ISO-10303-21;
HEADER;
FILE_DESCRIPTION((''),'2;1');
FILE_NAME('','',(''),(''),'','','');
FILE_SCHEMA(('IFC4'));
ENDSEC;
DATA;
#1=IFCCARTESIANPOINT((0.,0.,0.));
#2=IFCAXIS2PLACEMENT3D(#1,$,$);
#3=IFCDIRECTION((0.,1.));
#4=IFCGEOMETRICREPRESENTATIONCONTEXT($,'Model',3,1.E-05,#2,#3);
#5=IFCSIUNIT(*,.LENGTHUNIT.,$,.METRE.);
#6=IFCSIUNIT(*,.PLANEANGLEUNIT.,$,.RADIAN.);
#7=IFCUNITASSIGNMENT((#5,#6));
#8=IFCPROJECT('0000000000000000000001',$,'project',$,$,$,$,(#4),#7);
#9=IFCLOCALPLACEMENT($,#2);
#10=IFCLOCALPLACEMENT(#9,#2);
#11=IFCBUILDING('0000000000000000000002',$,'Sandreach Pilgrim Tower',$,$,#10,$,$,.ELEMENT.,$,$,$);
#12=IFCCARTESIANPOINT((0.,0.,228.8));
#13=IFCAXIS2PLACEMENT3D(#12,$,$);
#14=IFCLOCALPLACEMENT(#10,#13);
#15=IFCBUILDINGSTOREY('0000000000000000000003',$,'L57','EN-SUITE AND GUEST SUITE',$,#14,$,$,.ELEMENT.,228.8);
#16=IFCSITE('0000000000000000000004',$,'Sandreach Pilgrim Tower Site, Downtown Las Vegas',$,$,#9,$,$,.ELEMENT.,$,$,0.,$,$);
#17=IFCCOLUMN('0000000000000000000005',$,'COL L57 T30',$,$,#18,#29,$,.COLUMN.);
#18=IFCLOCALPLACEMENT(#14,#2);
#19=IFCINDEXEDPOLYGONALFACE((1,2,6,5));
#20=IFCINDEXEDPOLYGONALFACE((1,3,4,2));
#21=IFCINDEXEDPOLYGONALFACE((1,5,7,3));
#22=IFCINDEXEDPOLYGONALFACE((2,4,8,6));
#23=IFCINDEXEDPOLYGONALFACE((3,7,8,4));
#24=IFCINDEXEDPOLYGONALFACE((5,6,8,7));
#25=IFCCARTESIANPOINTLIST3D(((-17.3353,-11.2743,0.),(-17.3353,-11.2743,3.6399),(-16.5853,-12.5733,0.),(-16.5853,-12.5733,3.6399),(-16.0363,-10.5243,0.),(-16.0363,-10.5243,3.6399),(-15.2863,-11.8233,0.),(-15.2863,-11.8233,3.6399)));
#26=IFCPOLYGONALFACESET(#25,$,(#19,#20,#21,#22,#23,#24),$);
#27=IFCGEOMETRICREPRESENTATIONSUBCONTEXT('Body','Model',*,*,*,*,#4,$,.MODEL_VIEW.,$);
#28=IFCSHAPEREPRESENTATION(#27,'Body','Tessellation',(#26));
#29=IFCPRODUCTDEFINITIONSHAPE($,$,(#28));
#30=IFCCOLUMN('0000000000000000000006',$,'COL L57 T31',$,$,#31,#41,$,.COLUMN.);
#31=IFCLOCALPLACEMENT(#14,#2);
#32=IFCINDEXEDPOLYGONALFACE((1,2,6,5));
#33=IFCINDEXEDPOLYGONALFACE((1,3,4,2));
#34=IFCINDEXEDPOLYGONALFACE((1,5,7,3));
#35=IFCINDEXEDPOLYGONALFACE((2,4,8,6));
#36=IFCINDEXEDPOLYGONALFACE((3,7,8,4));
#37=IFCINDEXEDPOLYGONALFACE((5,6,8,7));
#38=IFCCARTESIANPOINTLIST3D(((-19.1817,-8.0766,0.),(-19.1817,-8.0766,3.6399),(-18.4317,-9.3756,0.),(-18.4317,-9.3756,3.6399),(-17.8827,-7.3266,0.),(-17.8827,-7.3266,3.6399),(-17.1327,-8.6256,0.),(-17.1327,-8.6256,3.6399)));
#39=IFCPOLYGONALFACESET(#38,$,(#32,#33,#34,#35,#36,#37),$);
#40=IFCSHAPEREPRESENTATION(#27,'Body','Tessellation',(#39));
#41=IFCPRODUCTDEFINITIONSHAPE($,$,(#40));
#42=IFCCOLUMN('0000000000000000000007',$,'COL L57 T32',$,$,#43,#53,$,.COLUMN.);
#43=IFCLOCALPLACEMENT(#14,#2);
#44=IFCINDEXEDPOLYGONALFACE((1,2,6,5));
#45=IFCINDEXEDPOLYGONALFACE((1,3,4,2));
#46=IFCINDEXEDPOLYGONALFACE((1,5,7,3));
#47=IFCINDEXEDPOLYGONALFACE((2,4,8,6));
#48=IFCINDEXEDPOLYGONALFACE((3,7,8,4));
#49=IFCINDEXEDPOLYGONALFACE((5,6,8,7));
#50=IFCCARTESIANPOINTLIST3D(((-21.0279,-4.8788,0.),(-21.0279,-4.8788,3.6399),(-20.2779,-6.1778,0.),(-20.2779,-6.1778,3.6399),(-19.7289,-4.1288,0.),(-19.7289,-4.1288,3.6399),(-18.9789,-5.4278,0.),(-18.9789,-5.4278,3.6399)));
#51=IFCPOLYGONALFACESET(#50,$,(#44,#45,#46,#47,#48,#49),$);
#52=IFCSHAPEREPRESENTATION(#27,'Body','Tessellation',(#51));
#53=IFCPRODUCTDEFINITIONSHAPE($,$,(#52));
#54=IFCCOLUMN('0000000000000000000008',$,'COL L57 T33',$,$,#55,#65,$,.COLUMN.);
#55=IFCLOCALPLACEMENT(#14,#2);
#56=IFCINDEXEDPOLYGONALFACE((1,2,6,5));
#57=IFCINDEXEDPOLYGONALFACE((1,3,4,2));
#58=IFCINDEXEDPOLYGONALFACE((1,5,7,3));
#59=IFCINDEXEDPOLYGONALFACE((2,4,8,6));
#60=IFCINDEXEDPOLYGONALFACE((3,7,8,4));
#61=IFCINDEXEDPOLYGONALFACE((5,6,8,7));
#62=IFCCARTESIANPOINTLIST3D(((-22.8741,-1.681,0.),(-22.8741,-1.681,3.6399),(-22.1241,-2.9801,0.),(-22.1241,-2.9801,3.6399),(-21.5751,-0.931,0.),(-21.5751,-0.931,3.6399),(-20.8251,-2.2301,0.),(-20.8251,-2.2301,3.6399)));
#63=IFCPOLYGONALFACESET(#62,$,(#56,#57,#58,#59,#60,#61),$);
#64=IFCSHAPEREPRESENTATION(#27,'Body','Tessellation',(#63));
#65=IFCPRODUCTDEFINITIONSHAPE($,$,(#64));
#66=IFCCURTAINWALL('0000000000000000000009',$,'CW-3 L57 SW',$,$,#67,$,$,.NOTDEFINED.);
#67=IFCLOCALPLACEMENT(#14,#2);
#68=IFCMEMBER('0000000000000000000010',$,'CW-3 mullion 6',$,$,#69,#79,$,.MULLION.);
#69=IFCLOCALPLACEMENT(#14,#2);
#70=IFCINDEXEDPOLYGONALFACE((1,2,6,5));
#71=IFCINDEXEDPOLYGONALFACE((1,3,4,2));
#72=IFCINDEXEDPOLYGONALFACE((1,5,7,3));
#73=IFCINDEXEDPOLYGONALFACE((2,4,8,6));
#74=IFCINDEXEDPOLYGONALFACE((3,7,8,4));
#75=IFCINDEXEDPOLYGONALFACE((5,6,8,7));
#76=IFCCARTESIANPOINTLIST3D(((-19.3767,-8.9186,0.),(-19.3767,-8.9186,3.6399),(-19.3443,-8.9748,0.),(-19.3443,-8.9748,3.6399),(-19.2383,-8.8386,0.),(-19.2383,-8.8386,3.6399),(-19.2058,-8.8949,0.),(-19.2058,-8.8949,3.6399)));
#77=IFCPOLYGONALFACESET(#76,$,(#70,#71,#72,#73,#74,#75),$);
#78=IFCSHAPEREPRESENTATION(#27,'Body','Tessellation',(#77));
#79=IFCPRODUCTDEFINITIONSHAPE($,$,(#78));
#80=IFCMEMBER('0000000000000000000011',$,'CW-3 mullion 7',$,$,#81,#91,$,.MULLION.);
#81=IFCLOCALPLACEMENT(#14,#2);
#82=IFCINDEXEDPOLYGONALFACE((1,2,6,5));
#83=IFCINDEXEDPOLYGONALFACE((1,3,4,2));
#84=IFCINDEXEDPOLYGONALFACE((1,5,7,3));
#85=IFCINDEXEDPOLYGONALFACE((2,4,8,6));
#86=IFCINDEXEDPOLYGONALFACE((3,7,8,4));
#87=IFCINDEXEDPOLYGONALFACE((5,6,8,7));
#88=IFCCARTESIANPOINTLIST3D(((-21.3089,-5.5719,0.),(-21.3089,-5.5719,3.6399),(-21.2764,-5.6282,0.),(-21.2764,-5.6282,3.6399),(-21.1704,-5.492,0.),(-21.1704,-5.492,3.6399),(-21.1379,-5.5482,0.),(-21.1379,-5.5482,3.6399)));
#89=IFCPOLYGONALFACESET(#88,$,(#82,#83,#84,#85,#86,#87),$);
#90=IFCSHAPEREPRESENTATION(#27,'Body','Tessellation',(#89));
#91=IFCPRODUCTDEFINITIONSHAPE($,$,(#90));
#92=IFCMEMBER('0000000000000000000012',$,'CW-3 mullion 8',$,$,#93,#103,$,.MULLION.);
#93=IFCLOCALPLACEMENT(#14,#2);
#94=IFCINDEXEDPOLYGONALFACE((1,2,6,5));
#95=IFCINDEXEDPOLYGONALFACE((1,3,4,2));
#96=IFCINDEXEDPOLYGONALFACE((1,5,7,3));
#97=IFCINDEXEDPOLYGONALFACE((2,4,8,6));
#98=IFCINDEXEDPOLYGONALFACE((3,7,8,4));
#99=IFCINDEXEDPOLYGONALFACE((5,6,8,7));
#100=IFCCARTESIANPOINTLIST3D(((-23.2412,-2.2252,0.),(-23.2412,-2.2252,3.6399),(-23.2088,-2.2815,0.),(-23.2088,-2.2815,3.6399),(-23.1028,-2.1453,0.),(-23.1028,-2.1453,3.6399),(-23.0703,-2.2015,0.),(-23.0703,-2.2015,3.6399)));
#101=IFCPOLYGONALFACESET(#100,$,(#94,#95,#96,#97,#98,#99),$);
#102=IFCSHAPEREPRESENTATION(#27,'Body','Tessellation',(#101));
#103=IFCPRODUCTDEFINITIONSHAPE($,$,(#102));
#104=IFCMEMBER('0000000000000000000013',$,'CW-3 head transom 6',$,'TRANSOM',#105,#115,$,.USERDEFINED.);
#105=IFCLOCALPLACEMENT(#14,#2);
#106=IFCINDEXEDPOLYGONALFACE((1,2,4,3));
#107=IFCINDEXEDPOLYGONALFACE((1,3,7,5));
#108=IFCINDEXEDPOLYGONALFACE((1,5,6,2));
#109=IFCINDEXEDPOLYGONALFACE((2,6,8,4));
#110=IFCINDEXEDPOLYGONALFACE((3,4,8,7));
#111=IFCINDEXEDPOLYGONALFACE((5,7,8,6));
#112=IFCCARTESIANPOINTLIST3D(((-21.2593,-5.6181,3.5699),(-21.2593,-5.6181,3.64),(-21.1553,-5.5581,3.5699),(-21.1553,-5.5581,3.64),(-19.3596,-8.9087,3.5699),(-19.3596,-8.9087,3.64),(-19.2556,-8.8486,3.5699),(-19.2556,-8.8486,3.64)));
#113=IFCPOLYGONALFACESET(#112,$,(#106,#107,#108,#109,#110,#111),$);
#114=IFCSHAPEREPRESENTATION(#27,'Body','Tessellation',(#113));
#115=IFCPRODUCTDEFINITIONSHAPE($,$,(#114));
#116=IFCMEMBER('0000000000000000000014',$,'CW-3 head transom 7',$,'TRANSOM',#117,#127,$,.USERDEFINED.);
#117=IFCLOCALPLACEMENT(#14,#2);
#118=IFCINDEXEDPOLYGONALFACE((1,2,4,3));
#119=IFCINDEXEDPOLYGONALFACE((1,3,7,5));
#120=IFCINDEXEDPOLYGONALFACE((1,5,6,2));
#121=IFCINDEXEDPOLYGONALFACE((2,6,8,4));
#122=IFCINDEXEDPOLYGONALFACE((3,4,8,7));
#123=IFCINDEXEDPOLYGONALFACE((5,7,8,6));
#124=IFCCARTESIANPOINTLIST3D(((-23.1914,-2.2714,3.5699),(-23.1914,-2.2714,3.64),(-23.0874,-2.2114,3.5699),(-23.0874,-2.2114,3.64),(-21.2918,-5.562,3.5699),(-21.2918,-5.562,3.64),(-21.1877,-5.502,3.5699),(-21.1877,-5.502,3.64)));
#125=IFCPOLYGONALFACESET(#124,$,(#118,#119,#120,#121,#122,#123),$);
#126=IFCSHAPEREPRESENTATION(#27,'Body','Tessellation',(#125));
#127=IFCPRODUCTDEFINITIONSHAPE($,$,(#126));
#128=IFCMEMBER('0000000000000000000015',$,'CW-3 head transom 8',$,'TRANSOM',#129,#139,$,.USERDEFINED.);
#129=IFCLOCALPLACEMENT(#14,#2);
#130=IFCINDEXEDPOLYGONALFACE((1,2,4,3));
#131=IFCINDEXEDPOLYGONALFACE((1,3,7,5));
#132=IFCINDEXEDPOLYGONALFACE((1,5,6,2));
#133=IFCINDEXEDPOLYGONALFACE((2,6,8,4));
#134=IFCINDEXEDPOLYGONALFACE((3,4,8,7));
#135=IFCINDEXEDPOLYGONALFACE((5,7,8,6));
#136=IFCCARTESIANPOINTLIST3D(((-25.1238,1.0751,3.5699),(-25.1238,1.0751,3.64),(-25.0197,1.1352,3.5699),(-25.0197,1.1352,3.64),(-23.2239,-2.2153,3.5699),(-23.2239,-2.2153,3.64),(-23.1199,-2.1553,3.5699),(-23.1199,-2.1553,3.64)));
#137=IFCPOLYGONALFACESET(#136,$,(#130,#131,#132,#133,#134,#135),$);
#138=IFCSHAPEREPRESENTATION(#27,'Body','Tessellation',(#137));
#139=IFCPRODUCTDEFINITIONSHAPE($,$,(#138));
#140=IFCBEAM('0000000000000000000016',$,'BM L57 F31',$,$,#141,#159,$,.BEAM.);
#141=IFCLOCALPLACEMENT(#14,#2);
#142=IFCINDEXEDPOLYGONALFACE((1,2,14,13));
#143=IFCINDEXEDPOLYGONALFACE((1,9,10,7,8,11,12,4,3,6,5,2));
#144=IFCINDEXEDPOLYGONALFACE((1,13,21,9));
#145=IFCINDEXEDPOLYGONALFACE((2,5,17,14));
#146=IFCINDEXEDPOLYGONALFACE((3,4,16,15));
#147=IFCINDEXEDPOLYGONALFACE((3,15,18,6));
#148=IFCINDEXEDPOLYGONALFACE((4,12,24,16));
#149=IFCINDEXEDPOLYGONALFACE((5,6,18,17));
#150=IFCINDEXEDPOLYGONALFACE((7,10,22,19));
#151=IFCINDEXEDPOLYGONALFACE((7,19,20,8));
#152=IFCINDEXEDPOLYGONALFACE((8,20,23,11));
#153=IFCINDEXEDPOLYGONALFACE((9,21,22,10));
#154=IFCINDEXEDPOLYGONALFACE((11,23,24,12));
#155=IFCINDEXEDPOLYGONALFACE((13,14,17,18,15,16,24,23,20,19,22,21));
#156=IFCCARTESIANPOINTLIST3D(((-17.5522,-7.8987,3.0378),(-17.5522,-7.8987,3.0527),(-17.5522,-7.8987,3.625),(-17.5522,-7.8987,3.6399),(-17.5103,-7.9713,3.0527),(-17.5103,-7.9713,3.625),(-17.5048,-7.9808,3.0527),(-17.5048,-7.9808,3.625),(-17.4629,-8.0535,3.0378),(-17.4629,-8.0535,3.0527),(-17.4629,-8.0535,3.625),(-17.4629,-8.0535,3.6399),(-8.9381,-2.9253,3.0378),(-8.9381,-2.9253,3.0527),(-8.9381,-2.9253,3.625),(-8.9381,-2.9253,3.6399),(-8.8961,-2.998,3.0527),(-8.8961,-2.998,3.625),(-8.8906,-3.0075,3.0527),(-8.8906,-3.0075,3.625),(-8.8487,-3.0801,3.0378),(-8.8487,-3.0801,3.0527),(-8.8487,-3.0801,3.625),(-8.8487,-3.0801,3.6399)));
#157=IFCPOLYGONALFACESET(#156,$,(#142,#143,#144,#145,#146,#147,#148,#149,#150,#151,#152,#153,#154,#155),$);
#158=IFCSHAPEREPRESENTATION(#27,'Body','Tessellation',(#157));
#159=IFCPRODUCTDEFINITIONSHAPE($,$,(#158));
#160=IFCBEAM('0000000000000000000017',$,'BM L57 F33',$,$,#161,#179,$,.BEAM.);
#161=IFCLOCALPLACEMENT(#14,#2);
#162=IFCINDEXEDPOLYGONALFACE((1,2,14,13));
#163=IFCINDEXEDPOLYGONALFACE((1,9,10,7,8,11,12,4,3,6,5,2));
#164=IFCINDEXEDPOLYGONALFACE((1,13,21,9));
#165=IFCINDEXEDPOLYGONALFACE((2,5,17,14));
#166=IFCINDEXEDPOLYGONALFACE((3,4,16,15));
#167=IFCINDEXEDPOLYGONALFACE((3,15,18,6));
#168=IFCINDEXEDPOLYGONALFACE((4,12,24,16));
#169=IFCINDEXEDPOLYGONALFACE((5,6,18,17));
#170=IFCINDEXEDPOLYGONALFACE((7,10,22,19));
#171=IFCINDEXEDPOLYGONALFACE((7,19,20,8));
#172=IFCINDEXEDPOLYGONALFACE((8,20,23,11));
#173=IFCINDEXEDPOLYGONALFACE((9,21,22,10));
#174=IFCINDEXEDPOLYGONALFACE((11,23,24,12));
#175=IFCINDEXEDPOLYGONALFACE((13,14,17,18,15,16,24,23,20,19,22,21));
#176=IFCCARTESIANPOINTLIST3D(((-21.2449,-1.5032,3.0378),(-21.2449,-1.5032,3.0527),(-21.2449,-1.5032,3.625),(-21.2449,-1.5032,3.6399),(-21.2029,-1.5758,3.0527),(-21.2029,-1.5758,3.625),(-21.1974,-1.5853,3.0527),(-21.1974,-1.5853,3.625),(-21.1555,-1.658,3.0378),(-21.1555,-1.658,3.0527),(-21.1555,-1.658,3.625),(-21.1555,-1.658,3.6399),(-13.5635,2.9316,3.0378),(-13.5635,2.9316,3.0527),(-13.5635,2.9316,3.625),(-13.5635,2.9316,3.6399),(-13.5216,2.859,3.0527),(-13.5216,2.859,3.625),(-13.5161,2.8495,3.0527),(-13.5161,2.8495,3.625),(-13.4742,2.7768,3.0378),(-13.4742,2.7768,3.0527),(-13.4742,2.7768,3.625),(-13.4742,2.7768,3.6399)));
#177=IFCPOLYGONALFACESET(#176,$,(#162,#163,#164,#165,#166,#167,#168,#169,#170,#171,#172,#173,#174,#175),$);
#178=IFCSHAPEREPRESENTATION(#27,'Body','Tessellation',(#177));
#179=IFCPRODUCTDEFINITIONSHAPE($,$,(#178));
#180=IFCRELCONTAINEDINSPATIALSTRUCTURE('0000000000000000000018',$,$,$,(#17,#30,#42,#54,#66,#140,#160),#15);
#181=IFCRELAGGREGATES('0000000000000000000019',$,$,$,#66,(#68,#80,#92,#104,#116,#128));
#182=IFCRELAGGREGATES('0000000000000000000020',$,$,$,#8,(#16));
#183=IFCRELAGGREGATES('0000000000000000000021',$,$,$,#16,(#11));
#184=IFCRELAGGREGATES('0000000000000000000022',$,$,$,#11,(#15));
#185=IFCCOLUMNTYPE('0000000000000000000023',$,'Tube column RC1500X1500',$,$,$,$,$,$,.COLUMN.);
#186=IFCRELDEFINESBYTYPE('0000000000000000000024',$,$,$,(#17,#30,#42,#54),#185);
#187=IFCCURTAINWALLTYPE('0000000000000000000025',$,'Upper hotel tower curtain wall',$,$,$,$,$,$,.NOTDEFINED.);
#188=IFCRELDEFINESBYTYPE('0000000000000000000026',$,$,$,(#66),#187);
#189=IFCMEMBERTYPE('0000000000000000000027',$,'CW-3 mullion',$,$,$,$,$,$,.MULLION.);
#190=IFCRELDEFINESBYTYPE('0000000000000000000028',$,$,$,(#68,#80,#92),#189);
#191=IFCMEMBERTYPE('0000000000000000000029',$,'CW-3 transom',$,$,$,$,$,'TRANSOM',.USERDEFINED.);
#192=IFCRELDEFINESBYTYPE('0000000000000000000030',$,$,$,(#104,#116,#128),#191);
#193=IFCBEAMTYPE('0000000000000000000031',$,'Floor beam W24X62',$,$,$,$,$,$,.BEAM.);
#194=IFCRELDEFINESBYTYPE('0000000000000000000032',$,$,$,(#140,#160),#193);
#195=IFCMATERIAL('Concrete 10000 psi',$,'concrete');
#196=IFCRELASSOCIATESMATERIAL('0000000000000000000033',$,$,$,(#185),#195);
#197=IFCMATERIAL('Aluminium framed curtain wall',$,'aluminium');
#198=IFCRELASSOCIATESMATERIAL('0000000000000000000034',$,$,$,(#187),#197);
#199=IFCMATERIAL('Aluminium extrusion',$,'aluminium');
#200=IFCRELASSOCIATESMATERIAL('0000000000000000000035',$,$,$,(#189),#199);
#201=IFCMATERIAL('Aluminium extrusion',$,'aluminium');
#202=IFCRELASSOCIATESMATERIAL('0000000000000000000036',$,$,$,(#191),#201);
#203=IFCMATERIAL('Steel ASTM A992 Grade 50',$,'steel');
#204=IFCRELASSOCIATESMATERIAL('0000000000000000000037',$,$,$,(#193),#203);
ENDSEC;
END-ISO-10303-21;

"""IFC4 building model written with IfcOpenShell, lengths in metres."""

from ifc_helpers import new_model, si_unit, direction, frame, origin, origin_2d, place, context, subcontext, project, spatial, rectangle, i_section, extrude, clip, halfspace, material, material_profile, profile_set, type_object, element, aggregate, save


model = new_model("IFC4")

# Units and contexts
model_context = context("Model", 3, precision=1e-05, world=origin(), true_north=direction((0.0, 1.0)))
body_context = subcontext(model_context, "Body", "Model", "MODEL_VIEW")
ifc_project = project(units=[si_unit("LENGTHUNIT", "METRE"), si_unit("PLANEANGLEUNIT", "RADIAN")], contexts=[model_context])

# Site, building, storey
site_placement = place(None, origin())
site = spatial("IfcSite", under=ifc_project, at=site_placement, Name="Sandreach Pilgrim Tower Site, Downtown Las Vegas", CompositionType="ELEMENT", RefElevation=0.0)
building_placement = place(site_placement, origin())
building = spatial("IfcBuilding", under=site, at=building_placement, Name="Sandreach Pilgrim Tower", CompositionType="ELEMENT")
storey_placement = place(building_placement, frame((0.0, 0.0, 228.8)))
storey = spatial("IfcBuildingStorey", under=building, at=storey_placement, Name="L57", Description="EN-SUITE AND GUEST SUITE", CompositionType="ELEMENT", Elevation=228.8)

# Columns
ifc_material_1 = material(Name="Concrete 10000 psi", Category="concrete")
ifc_material_profile_1 = material_profile(ifc_material_1, rectangle(XDim=1.5, YDim=1.5, at=origin_2d()), Name="RC1500X1500")
ifc_profile_set_1 = profile_set([ifc_material_profile_1], Name="Concrete 10000 psi")
column_type = type_object("IfcColumnType", Name="Tube column RC1500X1500", PredefinedType="COLUMN", material=ifc_profile_set_1)
for number, where, z_axis, x_axis, name in (
    (1, (-16.3108, -11.5488, 0.0), (0.0, 0.0, 1.0), (-0.866025, -0.5, 0.0), "COL L57 T30"),
    (2, (-18.1572, -8.3511, 0.0), (0.0, 0.0, 1.0), (-0.866025, -0.5, 0.0), "COL L57 T31"),
):
    element("IfcColumn", number, at=place(storey_placement, frame(where, z_axis=z_axis, x_axis=x_axis)), inside=storey, type_object=column_type, Name=name, PredefinedType="COLUMN", context=body_context, shape_type="SweptSolid", body=[
        clip(extrude(rectangle(XDim=1.5, YDim=1.5, at=origin_2d()), origin(), (0.0, 0.0, 1.0), 3.7551), halfspace(frame((0.0, 0.0, 3.6399)), False)),
    ])
column_1_placement = place(storey_placement, frame((-20.0034, -5.1533, 0.0), z_axis=(0.0, 0.0, 1.0), x_axis=(-0.866025, -0.5, 0.0)))
element("IfcColumn", 3, at=column_1_placement, inside=storey, type_object=column_type, Name="COL L57 T32", PredefinedType="COLUMN", context=body_context, shape_type="SweptSolid", body=[
    clip(extrude(rectangle(XDim=1.5, YDim=1.5, at=origin_2d()), origin(), (0.0, 0.0, 1.0), 3.7476), halfspace(frame((0.0, 0.0, 3.6399)), False)),
])
column_2_placement = place(storey_placement, frame((-21.8496, -1.9556, 0.0), z_axis=(0.0, 0.0, 1.0), x_axis=(-0.866025, -0.5, 0.0)))
element("IfcColumn", 4, at=column_2_placement, inside=storey, type_object=column_type, Name="COL L57 T33", PredefinedType="COLUMN", context=body_context, shape_type="SweptSolid", body=[
    clip(extrude(rectangle(XDim=1.5, YDim=1.5, at=origin_2d()), origin(), (0.0, 0.0, 1.0), 3.74), halfspace(frame((0.0, 0.0, 3.6399)), False)),
])

# Curtain wall, members
ifc_material_2 = material(Name="Aluminium framed curtain wall", Category="aluminium")
curtain_wall_type = type_object("IfcCurtainWallType", Name="Upper hotel tower curtain wall", PredefinedType="NOTDEFINED", material=ifc_material_2)
curtain_wall_placement = place(storey_placement, origin())
curtain_wall = element("IfcCurtainWall", 5, at=curtain_wall_placement, inside=storey, type_object=curtain_wall_type, Name="CW-3 L57 SW", PredefinedType="NOTDEFINED")
ifc_material_3 = material(Name="Aluminium extrusion", Category="aluminium")
ifc_material_profile_2 = material_profile(ifc_material_3, rectangle(XDim=0.0649, YDim=0.1599, at=origin_2d()), Name="CW-3M 65X160")
ifc_profile_set_2 = profile_set([ifc_material_profile_2], Name="Aluminium extrusion")
member_type_1 = type_object("IfcMemberType", Name="CW-3 mullion", PredefinedType="MULLION", material=ifc_profile_set_2)
member_1_placement = place(storey_placement, frame((-19.2913, -8.9067, 0.0), z_axis=(0.0, 0.0, 1.0), x_axis=(-0.5, 0.866025, 0.0)))
member_1 = element("IfcMember", 6, at=member_1_placement, type_object=member_type_1, Name="CW-3 mullion 6", PredefinedType="MULLION", context=body_context, shape_type="SweptSolid", body=[
    extrude(rectangle(XDim=0.0649, YDim=0.1599, at=origin_2d()), origin(), (0.0, 0.0, 1.0), 3.6399),
])
member_2_placement = place(storey_placement, frame((-21.2234, -5.5601, 0.0), z_axis=(0.0, 0.0, 1.0), x_axis=(-0.5, 0.866025, 0.0)))
member_2 = element("IfcMember", 7, at=member_2_placement, type_object=member_type_1, Name="CW-3 mullion 7", PredefinedType="MULLION", context=body_context, shape_type="SweptSolid", body=[
    extrude(rectangle(XDim=0.0649, YDim=0.1599, at=origin_2d()), origin(), (0.0, 0.0, 1.0), 3.6399),
])
member_3_placement = place(storey_placement, frame((-23.1558, -2.2134, 0.0), z_axis=(0.0, 0.0, 1.0), x_axis=(-0.5, 0.866025, 0.0)))
member_3 = element("IfcMember", 8, at=member_3_placement, type_object=member_type_1, Name="CW-3 mullion 8", PredefinedType="MULLION", context=body_context, shape_type="SweptSolid", body=[
    extrude(rectangle(XDim=0.0649, YDim=0.1599, at=origin_2d()), origin(), (0.0, 0.0, 1.0), 3.6399),
])
ifc_material_4 = material(Name="Aluminium extrusion", Category="aluminium")
ifc_material_profile_3 = material_profile(ifc_material_4, rectangle(XDim=0.1201, YDim=0.0701, at=origin_2d()), Name="CW-3T 120X70")
ifc_profile_set_3 = profile_set([ifc_material_profile_3], Name="Aluminium extrusion")
member_type_2 = type_object("IfcMemberType", Name="CW-3 transom", ElementType="TRANSOM", PredefinedType="USERDEFINED", material=ifc_profile_set_3)
member_4_placement = place(storey_placement, frame((-19.3076, -8.8787, 3.605), z_axis=(-0.499975, 0.86604, 0.0), x_axis=(-0.86604, -0.499975, 0.0)))
member_4 = element("IfcMember", 9, at=member_4_placement, type_object=member_type_2, Name="CW-3 head transom 6", ObjectType="TRANSOM", PredefinedType="USERDEFINED", context=body_context, shape_type="SweptSolid", body=[
    extrude(rectangle(XDim=0.1201, YDim=0.0701, at=origin_2d()), origin(), (0.0, 0.0, 1.0), 3.7996),
])
member_5_placement = place(storey_placement, frame((-21.2397, -5.532, 3.605), z_axis=(-0.499975, 0.86604, 0.0), x_axis=(-0.86604, -0.499975, 0.0)))
member_5 = element("IfcMember", 10, at=member_5_placement, type_object=member_type_2, Name="CW-3 head transom 7", ObjectType="TRANSOM", PredefinedType="USERDEFINED", context=body_context, shape_type="SweptSolid", body=[
    extrude(rectangle(XDim=0.1201, YDim=0.0701, at=origin_2d()), origin(), (0.0, 0.0, 1.0), 3.7996),
])
member_6_placement = place(storey_placement, frame((-23.1719, -2.1853, 3.605), z_axis=(-0.500023, 0.866012, 0.0), x_axis=(-0.866012, -0.500023, 0.0)))
member_6 = element("IfcMember", 11, at=member_6_placement, type_object=member_type_2, Name="CW-3 head transom 8", ObjectType="TRANSOM", PredefinedType="USERDEFINED", context=body_context, shape_type="SweptSolid", body=[
    extrude(rectangle(XDim=0.1201, YDim=0.0701, at=origin_2d()), origin(), (0.0, 0.0, 1.0), 3.7996),
])

# Beams
ifc_material_5 = material(Name="Steel ASTM A992 Grade 50", Category="steel")
ifc_material_profile_4 = material_profile(ifc_material_5, i_section(OverallWidth=0.1787, OverallDepth=0.6021, WebThickness=0.011, FlangeThickness=0.0149, at=origin_2d()), Name="W24X62")
ifc_profile_set_4 = profile_set([ifc_material_profile_4], Name="Steel ASTM A992 Grade 50")
beam_type_1 = type_object("IfcBeamType", Name="Floor beam W24X62", PredefinedType="BEAM", material=ifc_profile_set_4)
beam_1_placement = place(storey_placement, frame((-17.5076, -7.9761, 3.3389), z_axis=(0.866028, 0.499996, 0.0), x_axis=(-0.499996, 0.866028, 0.0)))
element("IfcBeam", 12, at=beam_1_placement, inside=storey, type_object=beam_type_1, Name="BM L57 F31", PredefinedType="BEAM", context=body_context, shape_type="SweptSolid", body=[
    extrude(i_section(OverallWidth=0.1787, OverallDepth=0.6021, WebThickness=0.011, FlangeThickness=0.0149, at=origin_2d()), origin(), (0.0, 0.0, 1.0), 9.9468),
])
beam_2_placement = place(storey_placement, frame((-21.2002, -1.5806, 3.3389), z_axis=(0.866027, 0.499996, 0.0), x_axis=(-0.499996, 0.866027, 0.0)))
element("IfcBeam", 13, at=beam_2_placement, inside=storey, type_object=beam_type_1, Name="BM L57 F33", PredefinedType="BEAM", context=body_context, shape_type="SweptSolid", body=[
    extrude(i_section(OverallWidth=0.1787, OverallDepth=0.6021, WebThickness=0.011, FlangeThickness=0.0149, at=origin_2d()), origin(), (0.0, 0.0, 1.0), 8.8696),
])

aggregate(curtain_wall, [member_1, member_2, member_3, member_4, member_5, member_6])

save(model, "model.ifc")
